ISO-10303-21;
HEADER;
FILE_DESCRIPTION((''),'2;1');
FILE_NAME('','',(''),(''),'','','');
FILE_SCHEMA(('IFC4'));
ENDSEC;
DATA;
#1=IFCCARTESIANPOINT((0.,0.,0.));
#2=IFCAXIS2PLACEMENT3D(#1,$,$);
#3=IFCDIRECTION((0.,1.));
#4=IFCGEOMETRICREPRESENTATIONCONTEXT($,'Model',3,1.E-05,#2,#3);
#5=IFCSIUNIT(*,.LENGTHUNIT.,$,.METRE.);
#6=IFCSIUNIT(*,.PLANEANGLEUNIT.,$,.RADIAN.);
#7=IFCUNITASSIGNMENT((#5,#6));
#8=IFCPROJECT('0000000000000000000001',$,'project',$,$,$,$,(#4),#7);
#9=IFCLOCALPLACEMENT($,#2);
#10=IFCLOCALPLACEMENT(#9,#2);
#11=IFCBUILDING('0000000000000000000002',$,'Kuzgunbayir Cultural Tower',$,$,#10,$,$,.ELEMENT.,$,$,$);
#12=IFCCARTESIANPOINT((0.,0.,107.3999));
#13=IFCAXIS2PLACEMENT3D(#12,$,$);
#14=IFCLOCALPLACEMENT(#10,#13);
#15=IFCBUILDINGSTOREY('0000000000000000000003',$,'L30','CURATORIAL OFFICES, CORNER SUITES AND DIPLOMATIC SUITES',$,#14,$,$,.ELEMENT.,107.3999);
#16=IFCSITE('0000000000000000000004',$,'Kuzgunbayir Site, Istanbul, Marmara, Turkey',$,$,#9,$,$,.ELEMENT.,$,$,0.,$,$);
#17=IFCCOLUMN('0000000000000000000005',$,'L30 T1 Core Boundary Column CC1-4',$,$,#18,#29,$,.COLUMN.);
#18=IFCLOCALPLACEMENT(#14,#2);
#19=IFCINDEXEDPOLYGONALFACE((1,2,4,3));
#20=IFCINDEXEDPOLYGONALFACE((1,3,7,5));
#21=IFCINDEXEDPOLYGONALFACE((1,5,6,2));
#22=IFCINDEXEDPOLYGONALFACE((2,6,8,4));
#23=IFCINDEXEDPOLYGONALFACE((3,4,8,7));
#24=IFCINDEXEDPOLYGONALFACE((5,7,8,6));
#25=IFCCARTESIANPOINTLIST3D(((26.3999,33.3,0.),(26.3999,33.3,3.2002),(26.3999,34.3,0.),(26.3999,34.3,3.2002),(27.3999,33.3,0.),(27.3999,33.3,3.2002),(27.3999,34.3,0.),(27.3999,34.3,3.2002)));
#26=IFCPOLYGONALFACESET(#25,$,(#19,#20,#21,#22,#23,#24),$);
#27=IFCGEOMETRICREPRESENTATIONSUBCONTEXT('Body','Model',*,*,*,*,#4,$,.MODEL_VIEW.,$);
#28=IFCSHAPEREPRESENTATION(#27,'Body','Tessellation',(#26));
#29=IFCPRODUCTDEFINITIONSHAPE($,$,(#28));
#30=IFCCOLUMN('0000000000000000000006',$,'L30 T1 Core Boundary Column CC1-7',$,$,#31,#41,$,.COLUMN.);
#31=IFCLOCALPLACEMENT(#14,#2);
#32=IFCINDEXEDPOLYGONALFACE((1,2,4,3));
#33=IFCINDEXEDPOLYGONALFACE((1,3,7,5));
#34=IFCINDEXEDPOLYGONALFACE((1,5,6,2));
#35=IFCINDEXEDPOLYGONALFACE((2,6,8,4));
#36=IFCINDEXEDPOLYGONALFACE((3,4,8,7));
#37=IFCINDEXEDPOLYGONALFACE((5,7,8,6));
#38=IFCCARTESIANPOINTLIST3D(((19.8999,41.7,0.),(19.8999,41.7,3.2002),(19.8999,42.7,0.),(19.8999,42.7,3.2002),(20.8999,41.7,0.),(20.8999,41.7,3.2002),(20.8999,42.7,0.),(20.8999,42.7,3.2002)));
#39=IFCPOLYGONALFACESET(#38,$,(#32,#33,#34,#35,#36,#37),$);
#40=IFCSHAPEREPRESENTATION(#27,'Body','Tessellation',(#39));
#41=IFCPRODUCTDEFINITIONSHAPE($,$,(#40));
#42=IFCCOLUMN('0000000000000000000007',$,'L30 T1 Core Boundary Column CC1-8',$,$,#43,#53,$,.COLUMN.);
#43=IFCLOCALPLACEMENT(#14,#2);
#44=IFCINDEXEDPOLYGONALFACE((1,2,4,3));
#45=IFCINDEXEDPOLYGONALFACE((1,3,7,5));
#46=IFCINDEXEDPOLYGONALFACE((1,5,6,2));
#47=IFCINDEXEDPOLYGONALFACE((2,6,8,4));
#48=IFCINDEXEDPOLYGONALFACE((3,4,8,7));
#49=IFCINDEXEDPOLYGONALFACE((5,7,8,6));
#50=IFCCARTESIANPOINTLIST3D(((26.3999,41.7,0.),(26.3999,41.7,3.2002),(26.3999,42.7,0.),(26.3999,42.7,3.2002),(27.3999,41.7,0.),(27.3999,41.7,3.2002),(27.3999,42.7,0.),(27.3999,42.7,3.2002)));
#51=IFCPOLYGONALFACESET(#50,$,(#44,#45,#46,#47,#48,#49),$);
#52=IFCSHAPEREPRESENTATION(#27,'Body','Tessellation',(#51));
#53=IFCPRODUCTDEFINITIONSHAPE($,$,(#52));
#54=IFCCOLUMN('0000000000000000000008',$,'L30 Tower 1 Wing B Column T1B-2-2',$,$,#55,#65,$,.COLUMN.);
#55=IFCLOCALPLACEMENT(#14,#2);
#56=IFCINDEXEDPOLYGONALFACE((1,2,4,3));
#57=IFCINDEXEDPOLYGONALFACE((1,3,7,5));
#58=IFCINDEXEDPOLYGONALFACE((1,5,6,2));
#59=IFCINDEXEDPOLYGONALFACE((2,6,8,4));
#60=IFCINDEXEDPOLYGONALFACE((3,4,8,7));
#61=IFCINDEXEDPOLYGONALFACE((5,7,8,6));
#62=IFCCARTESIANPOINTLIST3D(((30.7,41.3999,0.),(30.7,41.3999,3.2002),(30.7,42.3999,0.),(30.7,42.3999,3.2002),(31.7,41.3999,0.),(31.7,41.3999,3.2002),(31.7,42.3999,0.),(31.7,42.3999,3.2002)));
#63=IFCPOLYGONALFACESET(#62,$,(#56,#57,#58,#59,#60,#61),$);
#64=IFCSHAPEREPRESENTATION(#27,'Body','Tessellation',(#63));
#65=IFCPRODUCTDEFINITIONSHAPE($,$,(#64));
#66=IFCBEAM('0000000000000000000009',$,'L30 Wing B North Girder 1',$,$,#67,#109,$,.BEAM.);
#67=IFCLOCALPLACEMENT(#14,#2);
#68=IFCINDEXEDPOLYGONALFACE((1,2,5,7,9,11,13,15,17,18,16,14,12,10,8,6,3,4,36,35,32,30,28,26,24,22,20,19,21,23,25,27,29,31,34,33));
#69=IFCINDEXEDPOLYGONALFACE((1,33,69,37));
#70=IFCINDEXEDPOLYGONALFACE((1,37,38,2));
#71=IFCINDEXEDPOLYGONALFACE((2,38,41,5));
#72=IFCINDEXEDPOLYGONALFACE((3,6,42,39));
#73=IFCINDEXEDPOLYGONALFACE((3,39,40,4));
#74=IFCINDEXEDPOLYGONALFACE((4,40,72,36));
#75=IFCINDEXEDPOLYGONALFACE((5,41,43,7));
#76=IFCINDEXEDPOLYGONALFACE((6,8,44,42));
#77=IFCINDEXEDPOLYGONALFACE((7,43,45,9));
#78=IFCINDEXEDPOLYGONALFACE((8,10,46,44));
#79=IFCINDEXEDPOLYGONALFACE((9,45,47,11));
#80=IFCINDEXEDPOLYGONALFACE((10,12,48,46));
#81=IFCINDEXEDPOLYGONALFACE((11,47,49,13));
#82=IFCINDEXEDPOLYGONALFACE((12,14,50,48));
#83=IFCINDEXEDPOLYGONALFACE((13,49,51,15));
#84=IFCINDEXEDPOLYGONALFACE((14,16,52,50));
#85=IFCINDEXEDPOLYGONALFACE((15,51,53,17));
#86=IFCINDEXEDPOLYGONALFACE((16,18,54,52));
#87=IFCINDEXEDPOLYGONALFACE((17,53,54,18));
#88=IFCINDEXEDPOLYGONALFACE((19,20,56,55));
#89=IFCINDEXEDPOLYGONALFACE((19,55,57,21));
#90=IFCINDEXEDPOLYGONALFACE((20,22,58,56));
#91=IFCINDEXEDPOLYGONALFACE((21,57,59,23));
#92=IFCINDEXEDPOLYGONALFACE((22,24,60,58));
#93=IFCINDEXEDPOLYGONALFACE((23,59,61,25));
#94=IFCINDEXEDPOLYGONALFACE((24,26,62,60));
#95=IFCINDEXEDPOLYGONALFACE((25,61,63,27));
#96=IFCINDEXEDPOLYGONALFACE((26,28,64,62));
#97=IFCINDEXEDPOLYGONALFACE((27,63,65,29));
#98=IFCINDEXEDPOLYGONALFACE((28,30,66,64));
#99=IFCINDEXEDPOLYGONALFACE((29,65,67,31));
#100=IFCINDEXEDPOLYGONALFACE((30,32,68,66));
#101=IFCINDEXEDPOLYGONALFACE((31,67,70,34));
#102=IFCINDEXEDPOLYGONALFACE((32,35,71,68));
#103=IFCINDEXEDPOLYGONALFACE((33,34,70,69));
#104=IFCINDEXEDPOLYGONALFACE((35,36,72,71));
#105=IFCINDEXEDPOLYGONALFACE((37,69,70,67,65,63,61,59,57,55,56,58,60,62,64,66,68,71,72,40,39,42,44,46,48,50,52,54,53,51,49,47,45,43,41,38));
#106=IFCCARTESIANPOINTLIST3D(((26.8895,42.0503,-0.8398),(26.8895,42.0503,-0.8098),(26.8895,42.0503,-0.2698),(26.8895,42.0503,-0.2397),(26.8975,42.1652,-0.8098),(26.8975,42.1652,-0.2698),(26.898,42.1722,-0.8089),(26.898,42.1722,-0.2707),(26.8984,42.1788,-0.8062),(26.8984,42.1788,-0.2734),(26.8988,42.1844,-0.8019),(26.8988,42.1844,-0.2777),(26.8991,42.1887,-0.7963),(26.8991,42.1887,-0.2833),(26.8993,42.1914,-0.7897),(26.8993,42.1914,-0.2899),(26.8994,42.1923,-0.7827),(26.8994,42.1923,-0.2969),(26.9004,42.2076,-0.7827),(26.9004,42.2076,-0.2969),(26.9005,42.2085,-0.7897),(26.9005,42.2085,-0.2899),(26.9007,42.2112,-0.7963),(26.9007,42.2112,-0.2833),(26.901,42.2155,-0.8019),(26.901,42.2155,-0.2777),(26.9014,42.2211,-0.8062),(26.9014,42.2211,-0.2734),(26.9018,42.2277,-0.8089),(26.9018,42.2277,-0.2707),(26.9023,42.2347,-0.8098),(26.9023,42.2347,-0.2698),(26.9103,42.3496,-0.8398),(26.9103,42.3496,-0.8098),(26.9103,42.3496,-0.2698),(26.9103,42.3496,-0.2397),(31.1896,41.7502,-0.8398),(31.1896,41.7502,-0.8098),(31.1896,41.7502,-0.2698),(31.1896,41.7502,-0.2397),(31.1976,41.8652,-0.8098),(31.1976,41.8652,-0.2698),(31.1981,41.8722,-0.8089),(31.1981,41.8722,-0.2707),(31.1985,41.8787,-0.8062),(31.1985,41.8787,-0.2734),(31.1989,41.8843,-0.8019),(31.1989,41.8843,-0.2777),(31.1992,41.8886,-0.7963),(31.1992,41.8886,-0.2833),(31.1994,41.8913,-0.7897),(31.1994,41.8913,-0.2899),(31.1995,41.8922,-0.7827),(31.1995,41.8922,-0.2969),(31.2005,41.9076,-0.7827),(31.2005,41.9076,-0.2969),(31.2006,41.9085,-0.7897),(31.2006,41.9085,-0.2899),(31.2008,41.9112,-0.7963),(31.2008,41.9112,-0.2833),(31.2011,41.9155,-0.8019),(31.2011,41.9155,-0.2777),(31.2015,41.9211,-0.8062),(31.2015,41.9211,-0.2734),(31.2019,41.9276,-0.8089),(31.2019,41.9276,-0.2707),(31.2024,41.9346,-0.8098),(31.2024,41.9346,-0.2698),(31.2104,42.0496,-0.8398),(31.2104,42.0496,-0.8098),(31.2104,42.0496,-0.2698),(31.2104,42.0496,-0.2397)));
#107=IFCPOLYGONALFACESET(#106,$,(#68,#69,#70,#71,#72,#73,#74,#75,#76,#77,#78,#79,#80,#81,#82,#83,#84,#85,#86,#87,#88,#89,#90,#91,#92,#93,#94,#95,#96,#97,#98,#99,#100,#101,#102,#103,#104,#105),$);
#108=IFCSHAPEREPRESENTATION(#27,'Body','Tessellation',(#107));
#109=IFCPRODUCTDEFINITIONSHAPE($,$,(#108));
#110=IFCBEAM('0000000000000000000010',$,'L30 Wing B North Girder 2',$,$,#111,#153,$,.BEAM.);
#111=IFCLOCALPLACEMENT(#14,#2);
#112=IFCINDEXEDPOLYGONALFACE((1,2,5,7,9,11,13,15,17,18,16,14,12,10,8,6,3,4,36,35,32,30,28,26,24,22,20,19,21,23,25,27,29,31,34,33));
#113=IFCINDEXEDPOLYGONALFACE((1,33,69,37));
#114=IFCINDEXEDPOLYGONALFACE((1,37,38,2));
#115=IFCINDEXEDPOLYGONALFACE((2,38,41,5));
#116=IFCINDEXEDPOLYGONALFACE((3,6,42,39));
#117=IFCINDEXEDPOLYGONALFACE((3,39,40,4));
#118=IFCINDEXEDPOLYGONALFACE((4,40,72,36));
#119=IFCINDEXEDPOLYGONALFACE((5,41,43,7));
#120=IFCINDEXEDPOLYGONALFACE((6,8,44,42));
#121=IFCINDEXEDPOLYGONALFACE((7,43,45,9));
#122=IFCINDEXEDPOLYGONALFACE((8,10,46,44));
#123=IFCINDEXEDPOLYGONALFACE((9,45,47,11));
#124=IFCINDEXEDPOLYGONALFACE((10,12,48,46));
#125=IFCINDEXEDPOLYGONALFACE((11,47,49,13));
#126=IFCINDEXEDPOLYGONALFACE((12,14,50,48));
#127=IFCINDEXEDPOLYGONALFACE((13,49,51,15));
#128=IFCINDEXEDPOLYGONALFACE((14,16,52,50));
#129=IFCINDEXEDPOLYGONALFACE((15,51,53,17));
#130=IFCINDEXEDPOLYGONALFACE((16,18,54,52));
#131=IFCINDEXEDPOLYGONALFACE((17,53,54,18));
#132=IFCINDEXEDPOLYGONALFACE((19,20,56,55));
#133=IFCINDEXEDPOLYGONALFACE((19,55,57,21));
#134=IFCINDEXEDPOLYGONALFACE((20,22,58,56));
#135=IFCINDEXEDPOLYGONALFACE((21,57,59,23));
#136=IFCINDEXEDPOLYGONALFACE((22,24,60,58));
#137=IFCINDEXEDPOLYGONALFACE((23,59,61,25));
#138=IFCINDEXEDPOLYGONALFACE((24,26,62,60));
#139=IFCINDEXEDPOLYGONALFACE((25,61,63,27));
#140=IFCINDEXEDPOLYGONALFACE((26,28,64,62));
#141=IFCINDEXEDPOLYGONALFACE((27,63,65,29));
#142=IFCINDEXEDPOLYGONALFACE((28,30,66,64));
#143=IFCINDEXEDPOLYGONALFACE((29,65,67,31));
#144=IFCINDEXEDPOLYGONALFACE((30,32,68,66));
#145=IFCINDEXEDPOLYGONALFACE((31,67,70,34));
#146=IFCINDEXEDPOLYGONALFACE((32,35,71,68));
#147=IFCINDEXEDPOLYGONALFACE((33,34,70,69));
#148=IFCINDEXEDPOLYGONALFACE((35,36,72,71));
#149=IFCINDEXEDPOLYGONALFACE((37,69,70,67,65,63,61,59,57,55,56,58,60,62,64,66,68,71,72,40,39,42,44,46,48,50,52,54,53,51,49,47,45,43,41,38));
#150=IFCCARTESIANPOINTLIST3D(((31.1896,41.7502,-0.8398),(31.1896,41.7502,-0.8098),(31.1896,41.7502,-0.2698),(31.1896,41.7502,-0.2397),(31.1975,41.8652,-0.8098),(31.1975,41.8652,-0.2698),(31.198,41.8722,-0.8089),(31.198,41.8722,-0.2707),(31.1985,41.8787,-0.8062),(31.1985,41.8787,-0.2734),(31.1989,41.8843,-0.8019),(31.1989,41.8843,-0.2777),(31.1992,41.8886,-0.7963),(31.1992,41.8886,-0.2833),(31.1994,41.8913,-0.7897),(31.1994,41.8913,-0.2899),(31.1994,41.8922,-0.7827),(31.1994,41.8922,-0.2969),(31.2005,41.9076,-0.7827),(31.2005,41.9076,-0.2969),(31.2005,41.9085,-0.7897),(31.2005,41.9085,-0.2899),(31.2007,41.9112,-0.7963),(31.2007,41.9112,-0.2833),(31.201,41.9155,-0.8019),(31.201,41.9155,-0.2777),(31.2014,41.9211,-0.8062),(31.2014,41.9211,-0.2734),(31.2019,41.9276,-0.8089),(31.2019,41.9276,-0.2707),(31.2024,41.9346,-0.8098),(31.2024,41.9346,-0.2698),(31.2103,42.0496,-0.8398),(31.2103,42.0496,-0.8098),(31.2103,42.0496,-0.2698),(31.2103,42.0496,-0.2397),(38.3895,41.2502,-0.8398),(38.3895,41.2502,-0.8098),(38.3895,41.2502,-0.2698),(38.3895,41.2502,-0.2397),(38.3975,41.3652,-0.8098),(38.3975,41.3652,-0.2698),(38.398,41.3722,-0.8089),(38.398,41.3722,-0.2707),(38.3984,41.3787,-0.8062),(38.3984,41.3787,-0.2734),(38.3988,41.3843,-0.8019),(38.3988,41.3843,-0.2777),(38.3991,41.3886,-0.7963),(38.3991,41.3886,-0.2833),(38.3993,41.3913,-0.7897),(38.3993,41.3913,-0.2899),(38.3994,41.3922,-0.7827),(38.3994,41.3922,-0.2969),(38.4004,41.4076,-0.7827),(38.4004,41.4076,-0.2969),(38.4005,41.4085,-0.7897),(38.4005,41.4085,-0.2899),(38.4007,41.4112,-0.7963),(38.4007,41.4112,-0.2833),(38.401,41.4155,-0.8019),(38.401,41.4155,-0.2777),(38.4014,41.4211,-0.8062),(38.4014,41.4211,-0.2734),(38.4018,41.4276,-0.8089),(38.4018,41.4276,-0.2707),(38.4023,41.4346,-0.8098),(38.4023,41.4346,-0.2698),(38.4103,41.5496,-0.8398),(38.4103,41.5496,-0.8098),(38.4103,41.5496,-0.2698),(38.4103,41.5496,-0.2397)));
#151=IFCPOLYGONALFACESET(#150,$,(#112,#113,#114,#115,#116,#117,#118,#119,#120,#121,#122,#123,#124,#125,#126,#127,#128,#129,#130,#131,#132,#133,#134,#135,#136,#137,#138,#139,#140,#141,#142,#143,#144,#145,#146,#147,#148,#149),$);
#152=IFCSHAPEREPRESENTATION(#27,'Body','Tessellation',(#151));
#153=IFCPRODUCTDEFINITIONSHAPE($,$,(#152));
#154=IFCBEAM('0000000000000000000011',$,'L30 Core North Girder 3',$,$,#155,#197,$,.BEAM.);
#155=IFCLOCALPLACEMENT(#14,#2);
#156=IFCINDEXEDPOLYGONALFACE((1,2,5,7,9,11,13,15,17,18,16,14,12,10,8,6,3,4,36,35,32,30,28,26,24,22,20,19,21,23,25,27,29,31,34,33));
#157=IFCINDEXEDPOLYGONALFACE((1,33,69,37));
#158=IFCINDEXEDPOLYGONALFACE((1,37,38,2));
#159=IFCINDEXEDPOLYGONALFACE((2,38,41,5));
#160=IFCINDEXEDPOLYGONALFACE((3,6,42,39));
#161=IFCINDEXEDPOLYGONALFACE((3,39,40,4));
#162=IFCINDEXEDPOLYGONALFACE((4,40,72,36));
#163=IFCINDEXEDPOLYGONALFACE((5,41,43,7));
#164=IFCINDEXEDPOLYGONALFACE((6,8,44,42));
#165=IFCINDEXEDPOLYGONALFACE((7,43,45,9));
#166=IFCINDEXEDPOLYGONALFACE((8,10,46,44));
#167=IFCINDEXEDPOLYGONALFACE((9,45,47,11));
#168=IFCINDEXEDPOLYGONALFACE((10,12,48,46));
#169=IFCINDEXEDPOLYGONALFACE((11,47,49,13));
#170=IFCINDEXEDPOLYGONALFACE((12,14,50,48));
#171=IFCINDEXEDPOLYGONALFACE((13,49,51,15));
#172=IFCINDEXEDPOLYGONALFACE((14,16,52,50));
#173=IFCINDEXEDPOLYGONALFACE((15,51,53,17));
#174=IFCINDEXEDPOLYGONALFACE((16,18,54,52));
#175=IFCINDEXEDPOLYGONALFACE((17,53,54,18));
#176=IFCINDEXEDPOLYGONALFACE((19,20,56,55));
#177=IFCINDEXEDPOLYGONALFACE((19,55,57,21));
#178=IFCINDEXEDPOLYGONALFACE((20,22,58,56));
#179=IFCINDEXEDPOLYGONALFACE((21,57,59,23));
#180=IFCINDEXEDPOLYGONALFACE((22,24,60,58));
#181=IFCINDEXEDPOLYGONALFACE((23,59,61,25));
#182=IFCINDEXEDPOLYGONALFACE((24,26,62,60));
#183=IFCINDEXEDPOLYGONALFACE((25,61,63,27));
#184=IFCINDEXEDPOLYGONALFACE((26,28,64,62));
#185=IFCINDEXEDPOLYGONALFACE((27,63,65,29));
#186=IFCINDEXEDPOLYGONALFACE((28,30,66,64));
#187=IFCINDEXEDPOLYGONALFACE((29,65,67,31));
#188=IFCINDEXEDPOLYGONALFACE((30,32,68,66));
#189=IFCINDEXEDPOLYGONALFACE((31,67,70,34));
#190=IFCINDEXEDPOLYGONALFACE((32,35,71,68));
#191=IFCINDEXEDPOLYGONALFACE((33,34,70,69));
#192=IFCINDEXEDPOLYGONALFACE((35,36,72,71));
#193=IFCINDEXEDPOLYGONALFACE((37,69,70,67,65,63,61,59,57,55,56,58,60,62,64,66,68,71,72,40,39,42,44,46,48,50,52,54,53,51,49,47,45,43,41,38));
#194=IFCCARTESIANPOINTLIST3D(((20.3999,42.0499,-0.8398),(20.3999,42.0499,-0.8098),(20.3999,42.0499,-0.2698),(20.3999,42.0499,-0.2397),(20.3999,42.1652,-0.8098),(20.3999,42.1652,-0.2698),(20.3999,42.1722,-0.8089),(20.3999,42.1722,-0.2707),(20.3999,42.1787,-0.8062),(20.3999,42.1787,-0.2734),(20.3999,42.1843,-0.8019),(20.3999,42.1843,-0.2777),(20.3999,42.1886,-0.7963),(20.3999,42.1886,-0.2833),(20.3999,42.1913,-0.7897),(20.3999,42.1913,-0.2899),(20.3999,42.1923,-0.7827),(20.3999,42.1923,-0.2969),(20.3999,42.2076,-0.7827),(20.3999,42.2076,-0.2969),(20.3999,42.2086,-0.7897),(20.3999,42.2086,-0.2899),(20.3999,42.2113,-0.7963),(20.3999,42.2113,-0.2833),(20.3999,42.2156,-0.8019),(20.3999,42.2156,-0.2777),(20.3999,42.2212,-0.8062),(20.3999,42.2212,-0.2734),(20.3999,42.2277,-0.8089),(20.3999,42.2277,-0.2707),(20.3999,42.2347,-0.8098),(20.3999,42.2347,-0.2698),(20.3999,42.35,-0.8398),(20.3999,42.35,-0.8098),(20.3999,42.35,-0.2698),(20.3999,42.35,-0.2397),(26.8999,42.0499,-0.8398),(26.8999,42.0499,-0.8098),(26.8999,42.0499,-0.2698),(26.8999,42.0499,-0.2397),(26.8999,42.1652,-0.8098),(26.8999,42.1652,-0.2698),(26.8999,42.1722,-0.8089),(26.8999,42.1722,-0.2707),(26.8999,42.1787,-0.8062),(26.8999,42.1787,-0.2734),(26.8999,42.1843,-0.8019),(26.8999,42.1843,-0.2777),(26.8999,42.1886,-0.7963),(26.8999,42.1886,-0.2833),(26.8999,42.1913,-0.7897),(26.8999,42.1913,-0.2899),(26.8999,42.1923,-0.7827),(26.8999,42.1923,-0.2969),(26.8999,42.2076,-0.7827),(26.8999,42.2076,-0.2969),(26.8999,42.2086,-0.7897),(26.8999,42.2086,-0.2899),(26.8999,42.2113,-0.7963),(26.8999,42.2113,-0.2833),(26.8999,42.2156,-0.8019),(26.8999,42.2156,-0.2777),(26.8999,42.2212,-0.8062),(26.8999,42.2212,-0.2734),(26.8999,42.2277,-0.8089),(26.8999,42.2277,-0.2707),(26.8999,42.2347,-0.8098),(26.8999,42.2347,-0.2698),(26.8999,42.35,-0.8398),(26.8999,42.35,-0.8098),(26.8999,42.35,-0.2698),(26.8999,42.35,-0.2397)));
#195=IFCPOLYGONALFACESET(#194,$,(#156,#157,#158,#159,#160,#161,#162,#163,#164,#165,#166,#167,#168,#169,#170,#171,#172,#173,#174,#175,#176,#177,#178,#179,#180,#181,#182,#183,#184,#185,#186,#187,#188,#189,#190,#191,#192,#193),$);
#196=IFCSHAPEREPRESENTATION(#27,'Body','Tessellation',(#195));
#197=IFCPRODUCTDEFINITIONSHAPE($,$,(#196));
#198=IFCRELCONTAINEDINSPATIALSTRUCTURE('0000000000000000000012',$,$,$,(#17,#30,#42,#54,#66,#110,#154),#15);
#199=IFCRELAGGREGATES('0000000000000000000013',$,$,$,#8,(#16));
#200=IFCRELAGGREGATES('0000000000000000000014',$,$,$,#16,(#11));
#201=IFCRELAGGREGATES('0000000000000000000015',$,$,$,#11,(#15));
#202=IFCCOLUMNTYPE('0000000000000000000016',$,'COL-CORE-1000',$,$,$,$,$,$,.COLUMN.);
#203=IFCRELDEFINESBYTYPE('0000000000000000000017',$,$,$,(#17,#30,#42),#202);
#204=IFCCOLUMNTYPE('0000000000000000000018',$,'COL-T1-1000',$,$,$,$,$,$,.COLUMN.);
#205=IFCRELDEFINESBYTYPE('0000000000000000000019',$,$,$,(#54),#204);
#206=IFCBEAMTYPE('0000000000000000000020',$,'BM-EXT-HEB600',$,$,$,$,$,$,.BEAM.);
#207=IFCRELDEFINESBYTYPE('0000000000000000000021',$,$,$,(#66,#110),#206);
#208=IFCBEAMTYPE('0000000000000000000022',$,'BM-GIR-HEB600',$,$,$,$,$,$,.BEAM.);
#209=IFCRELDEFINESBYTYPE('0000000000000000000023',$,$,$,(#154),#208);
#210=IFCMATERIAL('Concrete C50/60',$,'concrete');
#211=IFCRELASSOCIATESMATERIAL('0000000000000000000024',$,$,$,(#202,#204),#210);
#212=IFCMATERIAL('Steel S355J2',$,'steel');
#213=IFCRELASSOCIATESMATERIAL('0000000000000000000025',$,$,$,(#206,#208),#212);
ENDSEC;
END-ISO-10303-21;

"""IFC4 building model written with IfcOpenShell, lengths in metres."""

from ifc_helpers import new_model, si_unit, direction, frame, origin, origin_2d, place, context, subcontext, project, spatial, rectangle, i_section, extrude, material, material_profile, profile_set, type_object, element, save


model = new_model("IFC4")

# Units and contexts
model_context = context("Model", 3, precision=1e-05, world=origin(), true_north=direction((0.0, 1.0)))
body_context = subcontext(model_context, "Body", "Model", "MODEL_VIEW")
ifc_project = project(units=[si_unit("LENGTHUNIT", "METRE"), si_unit("PLANEANGLEUNIT", "RADIAN")], contexts=[model_context])

# Site, building, storey
site_placement = place(None, origin())
site = spatial("IfcSite", under=ifc_project, at=site_placement, Name="Kuzgunbayir Site, Istanbul, Marmara, Turkey", CompositionType="ELEMENT", RefElevation=0.0)
building_placement = place(site_placement, origin())
building = spatial("IfcBuilding", under=site, at=building_placement, Name="Kuzgunbayir Cultural Tower", CompositionType="ELEMENT")
storey_placement = place(building_placement, frame((0.0, 0.0, 107.3999)))
storey = spatial("IfcBuildingStorey", under=building, at=storey_placement, Name="L30", Description="CURATORIAL OFFICES, CORNER SUITES AND DIPLOMATIC SUITES", CompositionType="ELEMENT", Elevation=107.3999)

# Columns
ifc_material_1 = material(Name="Concrete C50/60", Category="concrete")
ifc_material_profile_1 = material_profile(ifc_material_1, rectangle(XDim=1.0, YDim=1.0, at=origin_2d()), Name="RC 1000x1000")
ifc_profile_set_1 = profile_set([ifc_material_profile_1], Name="Concrete C50/60")
column_type_1 = type_object("IfcColumnType", Name="COL-CORE-1000", PredefinedType="COLUMN", material=ifc_profile_set_1)
for number, where, z_axis, x_axis, name in (
    (1, (26.8999, 33.8, 0.0), (0.0, 0.0, 1.0), (1.0, 0.0, 0.0), "L30 T1 Core Boundary Column CC1-4"),
    (2, (20.3999, 42.2, 0.0), (0.0, 0.0, 1.0), (1.0, 0.0, 0.0), "L30 T1 Core Boundary Column CC1-7"),
    (3, (26.8999, 42.2, 0.0), (0.0, 0.0, 1.0), (1.0, 0.0, 0.0), "L30 T1 Core Boundary Column CC1-8"),
):
    element("IfcColumn", number, at=place(storey_placement, frame(where, z_axis=z_axis, x_axis=x_axis)), inside=storey, type_object=column_type_1, Name=name, PredefinedType="COLUMN", context=body_context, shape_type="SweptSolid", body=[
        extrude(rectangle(XDim=1.0, YDim=1.0, at=origin_2d()), origin(), (0.0, 0.0, 1.0), 3.2002),
    ])
ifc_material_profile_2 = material_profile(ifc_material_1, rectangle(XDim=1.0, YDim=1.0, at=origin_2d()), Name="RC 1000x1000")
ifc_profile_set_2 = profile_set([ifc_material_profile_2], Name="Concrete C50/60")
column_type_2 = type_object("IfcColumnType", Name="COL-T1-1000", PredefinedType="COLUMN", material=ifc_profile_set_2)
column_placement = place(storey_placement, frame((31.2, 41.8999, 0.0), z_axis=(0.0, 0.0, 1.0), x_axis=(1.0, 0.0, 0.0)))
element("IfcColumn", 4, at=column_placement, inside=storey, type_object=column_type_2, Name="L30 Tower 1 Wing B Column T1B-2-2", PredefinedType="COLUMN", context=body_context, shape_type="SweptSolid", body=[
    extrude(rectangle(XDim=1.0, YDim=1.0, at=origin_2d()), origin(), (0.0, 0.0, 1.0), 3.2002),
])

# Beams
ifc_material_2 = material(Name="Steel S355J2", Category="steel")
ifc_material_profile_3 = material_profile(ifc_material_2, i_section(OverallWidth=0.3, OverallDepth=0.6001, WebThickness=0.0154, FlangeThickness=0.03, FilletRadius=0.0271, at=origin_2d()), Name="HEB 600")
ifc_profile_set_3 = profile_set([ifc_material_profile_3], Name="Steel S355J2")
beam_type_1 = type_object("IfcBeamType", Name="BM-EXT-HEB600", PredefinedType="BEAM", material=ifc_profile_set_3)
beam_1_placement = place(storey_placement, frame((26.8999, 42.2, -0.5398), z_axis=(0.997574, -0.069609, 0.0), x_axis=(0.069609, 0.997574, 0.0)))
element("IfcBeam", 5, at=beam_1_placement, inside=storey, type_object=beam_type_1, Name="L30 Wing B North Girder 1", PredefinedType="BEAM", context=body_context, shape_type="SweptSolid", body=[
    extrude(i_section(OverallWidth=0.3, OverallDepth=0.6001, WebThickness=0.0154, FlangeThickness=0.03, FilletRadius=0.0271, at=origin_2d()), origin(), (0.0, 0.0, 1.0), 4.3105),
])
beam_2_placement = place(storey_placement, frame((31.2, 41.8999, -0.5398), z_axis=(0.997597, -0.069278, 0.0), x_axis=(0.069278, 0.997597, 0.0)))
element("IfcBeam", 6, at=beam_2_placement, inside=storey, type_object=beam_type_1, Name="L30 Wing B North Girder 2", PredefinedType="BEAM", context=body_context, shape_type="SweptSolid", body=[
    extrude(i_section(OverallWidth=0.3, OverallDepth=0.6001, WebThickness=0.0154, FlangeThickness=0.03, FilletRadius=0.0271, at=origin_2d()), origin(), (0.0, 0.0, 1.0), 7.2173),
])
ifc_material_profile_4 = material_profile(ifc_material_2, i_section(OverallWidth=0.3, OverallDepth=0.6001, WebThickness=0.0154, FlangeThickness=0.03, FilletRadius=0.0271, at=origin_2d()), Name="HEB 600")
ifc_profile_set_4 = profile_set([ifc_material_profile_4], Name="Steel S355J2")
beam_type_2 = type_object("IfcBeamType", Name="BM-GIR-HEB600", PredefinedType="BEAM", material=ifc_profile_set_4)
beam_3_placement = place(storey_placement, frame((20.3999, 42.2, -0.5398), z_axis=(1.0, 0.0, 0.0), x_axis=(0.0, 1.0, 0.0)))
element("IfcBeam", 7, at=beam_3_placement, inside=storey, type_object=beam_type_2, Name="L30 Core North Girder 3", PredefinedType="BEAM", context=body_context, shape_type="SweptSolid", body=[
    extrude(i_section(OverallWidth=0.3, OverallDepth=0.6001, WebThickness=0.0154, FlangeThickness=0.03, FilletRadius=0.0271, at=origin_2d()), origin(), (0.0, 0.0, 1.0), 6.5),
])

save(model, "model.ifc")
